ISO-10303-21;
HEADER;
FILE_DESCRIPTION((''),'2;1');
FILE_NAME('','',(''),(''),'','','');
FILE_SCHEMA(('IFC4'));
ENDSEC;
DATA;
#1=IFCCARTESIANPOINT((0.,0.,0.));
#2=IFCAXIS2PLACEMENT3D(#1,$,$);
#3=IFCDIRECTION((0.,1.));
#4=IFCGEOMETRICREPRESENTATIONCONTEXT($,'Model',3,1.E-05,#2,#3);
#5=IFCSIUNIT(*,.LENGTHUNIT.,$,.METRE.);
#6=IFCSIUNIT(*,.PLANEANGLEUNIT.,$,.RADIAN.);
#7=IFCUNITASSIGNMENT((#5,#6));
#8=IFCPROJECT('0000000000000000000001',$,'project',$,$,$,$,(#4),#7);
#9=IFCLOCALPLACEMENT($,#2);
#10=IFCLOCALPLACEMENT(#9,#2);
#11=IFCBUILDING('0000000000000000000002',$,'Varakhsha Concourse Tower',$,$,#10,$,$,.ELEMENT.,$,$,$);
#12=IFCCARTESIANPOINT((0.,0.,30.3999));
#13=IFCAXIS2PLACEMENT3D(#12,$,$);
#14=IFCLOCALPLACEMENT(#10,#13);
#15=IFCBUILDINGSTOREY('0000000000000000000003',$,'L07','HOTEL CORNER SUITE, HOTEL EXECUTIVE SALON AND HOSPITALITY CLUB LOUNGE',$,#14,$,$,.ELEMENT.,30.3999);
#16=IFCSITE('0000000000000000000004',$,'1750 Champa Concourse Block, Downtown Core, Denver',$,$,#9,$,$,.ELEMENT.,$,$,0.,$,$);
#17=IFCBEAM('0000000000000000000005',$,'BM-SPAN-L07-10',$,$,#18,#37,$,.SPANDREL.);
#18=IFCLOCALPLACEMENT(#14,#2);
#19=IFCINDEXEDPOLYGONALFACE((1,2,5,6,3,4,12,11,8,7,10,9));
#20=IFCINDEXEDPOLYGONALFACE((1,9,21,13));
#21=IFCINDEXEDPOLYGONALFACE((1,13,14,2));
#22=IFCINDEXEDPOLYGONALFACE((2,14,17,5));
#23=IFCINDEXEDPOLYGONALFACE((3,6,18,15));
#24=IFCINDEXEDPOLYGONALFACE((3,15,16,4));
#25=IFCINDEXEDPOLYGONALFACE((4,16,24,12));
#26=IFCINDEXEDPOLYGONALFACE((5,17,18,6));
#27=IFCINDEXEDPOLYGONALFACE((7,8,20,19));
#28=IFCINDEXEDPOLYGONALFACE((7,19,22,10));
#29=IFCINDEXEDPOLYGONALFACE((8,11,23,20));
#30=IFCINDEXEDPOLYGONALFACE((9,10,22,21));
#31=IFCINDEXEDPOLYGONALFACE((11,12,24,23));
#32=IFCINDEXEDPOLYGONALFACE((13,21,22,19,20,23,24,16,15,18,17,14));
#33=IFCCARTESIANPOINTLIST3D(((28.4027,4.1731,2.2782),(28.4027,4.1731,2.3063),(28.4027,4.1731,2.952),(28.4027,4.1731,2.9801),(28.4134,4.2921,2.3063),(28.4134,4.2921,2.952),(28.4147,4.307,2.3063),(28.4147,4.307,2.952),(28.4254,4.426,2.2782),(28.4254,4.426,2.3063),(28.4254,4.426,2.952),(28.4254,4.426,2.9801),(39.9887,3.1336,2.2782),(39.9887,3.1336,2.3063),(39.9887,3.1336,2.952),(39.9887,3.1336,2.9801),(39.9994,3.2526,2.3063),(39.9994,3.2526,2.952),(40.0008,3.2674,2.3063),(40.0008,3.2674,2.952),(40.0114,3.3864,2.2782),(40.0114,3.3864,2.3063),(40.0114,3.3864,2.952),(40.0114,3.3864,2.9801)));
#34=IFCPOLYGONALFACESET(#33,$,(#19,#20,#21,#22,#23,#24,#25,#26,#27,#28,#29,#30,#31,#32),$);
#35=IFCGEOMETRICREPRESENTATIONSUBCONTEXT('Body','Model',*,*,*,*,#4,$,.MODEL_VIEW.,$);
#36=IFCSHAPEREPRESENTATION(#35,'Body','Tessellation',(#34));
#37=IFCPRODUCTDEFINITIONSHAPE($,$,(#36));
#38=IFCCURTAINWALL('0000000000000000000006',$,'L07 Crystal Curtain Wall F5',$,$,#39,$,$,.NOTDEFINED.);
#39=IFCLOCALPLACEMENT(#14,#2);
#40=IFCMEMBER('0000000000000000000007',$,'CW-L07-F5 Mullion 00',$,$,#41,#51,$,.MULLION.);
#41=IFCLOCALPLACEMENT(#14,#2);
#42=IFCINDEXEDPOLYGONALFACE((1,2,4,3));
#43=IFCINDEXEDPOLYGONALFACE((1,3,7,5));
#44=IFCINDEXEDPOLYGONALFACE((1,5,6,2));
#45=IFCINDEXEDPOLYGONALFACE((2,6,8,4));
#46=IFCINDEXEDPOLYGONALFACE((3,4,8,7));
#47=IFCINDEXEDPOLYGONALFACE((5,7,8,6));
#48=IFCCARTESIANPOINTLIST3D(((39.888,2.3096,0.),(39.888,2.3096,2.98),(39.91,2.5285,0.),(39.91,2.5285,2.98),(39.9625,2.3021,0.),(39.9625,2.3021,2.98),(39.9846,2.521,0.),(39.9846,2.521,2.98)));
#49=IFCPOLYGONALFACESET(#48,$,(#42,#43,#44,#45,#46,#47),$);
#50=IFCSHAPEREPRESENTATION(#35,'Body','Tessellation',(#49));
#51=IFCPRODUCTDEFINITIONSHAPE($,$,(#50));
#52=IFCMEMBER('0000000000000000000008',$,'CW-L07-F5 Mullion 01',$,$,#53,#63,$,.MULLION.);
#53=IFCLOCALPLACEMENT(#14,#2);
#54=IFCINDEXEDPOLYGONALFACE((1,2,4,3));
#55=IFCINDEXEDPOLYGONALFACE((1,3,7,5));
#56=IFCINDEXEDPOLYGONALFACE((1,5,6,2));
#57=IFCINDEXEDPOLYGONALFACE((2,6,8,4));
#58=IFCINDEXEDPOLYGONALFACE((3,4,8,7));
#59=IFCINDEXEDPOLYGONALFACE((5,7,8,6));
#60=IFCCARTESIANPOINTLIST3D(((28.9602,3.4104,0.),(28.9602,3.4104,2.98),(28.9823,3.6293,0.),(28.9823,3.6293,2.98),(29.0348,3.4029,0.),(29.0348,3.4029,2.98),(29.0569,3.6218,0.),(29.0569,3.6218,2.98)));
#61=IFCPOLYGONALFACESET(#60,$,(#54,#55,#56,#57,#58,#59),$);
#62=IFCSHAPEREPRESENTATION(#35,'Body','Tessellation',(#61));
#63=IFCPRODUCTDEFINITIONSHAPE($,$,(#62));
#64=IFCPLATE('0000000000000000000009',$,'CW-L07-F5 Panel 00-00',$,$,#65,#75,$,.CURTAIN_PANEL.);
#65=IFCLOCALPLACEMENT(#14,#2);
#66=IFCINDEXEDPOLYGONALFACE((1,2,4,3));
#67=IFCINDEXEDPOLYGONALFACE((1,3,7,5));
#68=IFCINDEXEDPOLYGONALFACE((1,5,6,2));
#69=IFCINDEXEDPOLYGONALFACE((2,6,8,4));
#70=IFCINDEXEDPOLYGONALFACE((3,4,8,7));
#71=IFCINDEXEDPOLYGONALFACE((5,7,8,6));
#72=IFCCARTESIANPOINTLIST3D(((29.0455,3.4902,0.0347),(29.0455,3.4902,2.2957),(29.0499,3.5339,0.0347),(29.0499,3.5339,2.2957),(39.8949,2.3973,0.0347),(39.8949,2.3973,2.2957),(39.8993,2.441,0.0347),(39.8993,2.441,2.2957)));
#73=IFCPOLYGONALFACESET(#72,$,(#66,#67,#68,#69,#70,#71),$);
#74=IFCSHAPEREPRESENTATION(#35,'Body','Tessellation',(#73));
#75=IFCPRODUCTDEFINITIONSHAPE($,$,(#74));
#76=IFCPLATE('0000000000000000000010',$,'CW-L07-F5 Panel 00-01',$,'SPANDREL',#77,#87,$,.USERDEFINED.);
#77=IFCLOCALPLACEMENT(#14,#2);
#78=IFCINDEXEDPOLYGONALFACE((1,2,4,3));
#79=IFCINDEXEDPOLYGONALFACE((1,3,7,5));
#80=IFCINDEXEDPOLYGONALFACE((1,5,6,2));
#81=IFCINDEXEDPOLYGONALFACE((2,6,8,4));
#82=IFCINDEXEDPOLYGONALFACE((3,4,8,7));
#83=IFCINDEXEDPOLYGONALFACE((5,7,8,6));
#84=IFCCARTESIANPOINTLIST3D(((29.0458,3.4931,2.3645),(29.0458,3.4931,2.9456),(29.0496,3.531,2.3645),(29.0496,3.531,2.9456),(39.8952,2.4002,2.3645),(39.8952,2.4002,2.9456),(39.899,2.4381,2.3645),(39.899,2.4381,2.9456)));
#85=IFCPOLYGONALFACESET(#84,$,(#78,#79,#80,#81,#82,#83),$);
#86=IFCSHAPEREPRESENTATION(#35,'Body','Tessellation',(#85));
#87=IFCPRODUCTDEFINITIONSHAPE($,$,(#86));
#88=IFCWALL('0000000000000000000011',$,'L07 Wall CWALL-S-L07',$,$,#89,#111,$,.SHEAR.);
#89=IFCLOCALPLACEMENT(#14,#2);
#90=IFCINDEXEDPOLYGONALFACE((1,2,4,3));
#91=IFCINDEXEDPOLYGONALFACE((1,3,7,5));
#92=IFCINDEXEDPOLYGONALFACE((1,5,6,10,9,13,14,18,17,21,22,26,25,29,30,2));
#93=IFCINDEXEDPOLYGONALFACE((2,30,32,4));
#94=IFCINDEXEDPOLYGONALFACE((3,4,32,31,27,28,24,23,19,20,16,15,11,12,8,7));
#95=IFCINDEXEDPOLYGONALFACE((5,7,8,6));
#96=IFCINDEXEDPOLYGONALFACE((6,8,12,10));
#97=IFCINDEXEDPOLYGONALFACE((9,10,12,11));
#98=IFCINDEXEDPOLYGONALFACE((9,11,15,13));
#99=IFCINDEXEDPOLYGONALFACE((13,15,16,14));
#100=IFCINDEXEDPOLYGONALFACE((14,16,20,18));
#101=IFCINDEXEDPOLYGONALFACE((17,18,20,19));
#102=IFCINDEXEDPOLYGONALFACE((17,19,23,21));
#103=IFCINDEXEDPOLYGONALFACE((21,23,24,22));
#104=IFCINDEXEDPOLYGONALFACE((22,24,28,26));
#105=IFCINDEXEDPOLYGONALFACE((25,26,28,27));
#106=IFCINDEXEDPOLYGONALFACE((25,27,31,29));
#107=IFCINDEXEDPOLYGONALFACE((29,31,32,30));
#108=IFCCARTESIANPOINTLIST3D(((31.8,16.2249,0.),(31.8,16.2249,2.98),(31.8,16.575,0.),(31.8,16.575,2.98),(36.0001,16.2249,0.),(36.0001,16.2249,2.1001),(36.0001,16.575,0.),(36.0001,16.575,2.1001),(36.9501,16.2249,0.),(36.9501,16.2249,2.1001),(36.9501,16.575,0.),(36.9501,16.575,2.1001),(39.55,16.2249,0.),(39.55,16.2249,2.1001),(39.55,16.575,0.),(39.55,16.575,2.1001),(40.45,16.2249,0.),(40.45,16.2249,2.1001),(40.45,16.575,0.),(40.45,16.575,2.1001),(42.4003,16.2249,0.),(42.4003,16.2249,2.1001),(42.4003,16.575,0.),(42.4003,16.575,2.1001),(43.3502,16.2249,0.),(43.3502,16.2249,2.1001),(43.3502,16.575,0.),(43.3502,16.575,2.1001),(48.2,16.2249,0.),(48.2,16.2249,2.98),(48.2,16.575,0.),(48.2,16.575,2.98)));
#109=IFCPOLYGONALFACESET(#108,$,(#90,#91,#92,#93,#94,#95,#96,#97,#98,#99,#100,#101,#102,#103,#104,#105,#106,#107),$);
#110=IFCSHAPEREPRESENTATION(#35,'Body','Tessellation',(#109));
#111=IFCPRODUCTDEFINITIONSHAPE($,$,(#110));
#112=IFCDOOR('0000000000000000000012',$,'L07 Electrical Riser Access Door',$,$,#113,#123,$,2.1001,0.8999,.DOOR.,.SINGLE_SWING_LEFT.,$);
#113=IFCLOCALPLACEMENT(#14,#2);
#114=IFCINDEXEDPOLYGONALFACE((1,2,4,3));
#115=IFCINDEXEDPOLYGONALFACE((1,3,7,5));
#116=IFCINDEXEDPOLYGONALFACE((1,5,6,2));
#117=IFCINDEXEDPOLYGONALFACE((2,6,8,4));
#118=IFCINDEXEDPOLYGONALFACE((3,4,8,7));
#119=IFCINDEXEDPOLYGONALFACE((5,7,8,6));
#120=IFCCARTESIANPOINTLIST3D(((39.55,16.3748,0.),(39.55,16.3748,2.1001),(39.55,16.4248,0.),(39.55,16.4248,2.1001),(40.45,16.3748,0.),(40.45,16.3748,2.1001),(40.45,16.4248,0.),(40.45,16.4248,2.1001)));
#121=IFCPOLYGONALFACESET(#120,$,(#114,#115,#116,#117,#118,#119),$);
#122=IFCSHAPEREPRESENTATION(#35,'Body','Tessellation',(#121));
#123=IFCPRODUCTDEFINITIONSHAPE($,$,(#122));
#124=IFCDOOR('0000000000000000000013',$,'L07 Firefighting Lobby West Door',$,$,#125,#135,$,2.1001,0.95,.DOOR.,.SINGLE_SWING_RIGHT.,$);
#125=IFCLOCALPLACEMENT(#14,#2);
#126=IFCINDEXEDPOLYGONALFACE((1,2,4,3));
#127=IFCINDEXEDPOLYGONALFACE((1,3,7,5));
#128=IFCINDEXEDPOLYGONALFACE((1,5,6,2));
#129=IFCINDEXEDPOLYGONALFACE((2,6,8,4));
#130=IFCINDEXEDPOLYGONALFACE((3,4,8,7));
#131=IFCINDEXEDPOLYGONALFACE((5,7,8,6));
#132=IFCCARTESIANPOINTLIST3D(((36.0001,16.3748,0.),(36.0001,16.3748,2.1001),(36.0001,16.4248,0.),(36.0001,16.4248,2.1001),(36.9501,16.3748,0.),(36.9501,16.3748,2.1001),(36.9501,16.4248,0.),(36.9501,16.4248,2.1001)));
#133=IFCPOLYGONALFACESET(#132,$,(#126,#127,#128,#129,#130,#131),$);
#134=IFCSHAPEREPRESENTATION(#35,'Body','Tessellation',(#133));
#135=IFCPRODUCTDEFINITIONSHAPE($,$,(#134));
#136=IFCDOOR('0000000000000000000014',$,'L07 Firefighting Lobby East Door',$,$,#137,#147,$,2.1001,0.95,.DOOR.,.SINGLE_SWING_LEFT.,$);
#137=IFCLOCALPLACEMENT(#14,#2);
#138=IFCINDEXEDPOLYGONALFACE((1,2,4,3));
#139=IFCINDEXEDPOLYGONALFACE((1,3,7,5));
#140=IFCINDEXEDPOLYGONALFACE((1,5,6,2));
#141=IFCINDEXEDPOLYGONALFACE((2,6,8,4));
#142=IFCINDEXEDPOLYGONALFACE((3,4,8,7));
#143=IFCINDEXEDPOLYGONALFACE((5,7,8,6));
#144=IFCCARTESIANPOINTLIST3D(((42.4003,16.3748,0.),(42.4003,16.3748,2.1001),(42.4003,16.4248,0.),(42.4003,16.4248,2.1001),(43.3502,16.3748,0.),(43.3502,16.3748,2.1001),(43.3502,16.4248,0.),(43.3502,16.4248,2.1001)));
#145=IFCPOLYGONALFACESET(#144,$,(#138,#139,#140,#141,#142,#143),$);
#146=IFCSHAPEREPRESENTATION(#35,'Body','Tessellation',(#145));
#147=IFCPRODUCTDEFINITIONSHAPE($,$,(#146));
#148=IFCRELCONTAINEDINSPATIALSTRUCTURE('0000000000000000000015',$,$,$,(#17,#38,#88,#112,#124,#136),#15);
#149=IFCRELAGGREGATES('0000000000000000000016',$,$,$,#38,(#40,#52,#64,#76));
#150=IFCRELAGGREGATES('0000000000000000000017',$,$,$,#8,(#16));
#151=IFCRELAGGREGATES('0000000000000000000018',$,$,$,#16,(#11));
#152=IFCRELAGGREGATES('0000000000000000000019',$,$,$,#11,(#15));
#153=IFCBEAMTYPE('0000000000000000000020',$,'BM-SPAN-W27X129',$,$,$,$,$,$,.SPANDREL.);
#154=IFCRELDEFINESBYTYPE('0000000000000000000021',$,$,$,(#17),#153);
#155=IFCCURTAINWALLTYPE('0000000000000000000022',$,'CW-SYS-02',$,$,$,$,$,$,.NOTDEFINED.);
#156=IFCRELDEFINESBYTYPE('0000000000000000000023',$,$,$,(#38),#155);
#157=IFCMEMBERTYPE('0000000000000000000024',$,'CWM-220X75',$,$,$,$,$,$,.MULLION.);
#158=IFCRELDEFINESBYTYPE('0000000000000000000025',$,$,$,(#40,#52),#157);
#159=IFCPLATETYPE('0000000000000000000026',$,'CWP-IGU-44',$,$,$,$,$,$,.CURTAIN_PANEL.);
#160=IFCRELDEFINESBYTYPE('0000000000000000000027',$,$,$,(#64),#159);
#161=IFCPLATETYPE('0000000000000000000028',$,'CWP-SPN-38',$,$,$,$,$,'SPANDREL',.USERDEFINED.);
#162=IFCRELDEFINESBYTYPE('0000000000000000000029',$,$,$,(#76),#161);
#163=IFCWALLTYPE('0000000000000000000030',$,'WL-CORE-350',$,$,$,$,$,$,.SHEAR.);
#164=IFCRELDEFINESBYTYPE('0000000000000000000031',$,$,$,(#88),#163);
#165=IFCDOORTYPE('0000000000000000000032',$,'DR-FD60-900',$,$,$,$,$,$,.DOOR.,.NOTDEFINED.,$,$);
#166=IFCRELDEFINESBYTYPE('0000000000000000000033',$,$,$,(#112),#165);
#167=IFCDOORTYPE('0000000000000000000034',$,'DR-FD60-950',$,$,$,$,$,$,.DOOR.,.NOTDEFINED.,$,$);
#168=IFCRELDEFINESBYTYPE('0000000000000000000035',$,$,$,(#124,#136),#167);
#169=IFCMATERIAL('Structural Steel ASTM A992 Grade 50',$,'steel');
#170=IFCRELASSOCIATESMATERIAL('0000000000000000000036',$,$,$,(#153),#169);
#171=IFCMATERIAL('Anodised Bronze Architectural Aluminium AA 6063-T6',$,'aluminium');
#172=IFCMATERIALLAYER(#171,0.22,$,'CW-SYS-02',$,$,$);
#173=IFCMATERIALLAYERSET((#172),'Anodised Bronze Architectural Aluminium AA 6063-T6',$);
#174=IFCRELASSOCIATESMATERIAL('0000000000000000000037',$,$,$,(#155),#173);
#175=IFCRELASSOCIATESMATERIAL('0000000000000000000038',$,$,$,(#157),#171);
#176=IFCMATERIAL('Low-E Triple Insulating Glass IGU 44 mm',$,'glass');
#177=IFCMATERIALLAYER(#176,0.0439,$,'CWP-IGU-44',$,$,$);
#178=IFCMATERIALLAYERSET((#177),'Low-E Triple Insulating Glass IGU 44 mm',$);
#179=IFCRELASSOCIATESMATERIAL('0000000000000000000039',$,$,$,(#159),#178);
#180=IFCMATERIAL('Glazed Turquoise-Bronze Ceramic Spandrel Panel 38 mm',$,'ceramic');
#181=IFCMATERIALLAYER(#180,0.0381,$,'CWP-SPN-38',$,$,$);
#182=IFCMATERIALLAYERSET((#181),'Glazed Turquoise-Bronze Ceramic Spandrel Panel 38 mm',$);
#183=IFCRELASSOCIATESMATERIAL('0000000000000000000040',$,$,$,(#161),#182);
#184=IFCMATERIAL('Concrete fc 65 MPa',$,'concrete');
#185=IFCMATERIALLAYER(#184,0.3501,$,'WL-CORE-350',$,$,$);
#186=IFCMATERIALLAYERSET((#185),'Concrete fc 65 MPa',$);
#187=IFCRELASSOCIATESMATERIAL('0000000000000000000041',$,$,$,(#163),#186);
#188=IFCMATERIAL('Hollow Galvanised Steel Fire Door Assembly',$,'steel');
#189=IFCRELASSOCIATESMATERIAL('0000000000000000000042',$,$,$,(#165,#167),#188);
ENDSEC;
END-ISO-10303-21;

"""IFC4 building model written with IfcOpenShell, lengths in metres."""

from ifc_helpers import new_model, si_unit, direction, frame, frame_2d, origin, origin_2d, place, context, subcontext, project, spatial, rectangle, i_section, extrude, source, transform, mapped, material, layer, layer_set, material_profile, profile_set, type_object, type_shapes, element, fill, aggregate, save


model = new_model("IFC4")

# Units and contexts
model_context = context("Model", 3, precision=1e-05, world=origin(), true_north=direction((0.0, 1.0)))
body_context = subcontext(model_context, "Body", "Model", "MODEL_VIEW")
ifc_project = project(units=[si_unit("LENGTHUNIT", "METRE"), si_unit("PLANEANGLEUNIT", "RADIAN")], contexts=[model_context])

# Site, building, storey
site_placement = place(None, origin())
site = spatial("IfcSite", under=ifc_project, at=site_placement, Name="1750 Champa Concourse Block, Downtown Core, Denver", CompositionType="ELEMENT", RefElevation=0.0)
building_placement = place(site_placement, origin())
building = spatial("IfcBuilding", under=site, at=building_placement, Name="Varakhsha Concourse Tower", CompositionType="ELEMENT")
storey_placement = place(building_placement, frame((0.0, 0.0, 30.3999)))
storey = spatial("IfcBuildingStorey", under=building, at=storey_placement, Name="L07", Description="HOTEL CORNER SUITE, HOTEL EXECUTIVE SALON AND HOSPITALITY CLUB LOUNGE", CompositionType="ELEMENT", Elevation=30.3999)

# Shared definitions
ifc_material_1 = material(Name="Structural Steel ASTM A992 Grade 50", Category="steel")

# Beam
ifc_material_profile_1 = material_profile(ifc_material_1, i_section(OverallWidth=0.2539, OverallDepth=0.7019, WebThickness=0.0149, FlangeThickness=0.0281, at=origin_2d()), Name="W27X129")
ifc_profile_set_1 = profile_set([ifc_material_profile_1], Name="Structural Steel ASTM A992 Grade 50")
beam_type_1 = type_object("IfcBeamType", Name="BM-SPAN-W27X129", PredefinedType="SPANDREL", material=ifc_profile_set_1)
beam_1_placement = place(storey_placement, frame((28.4141, 4.2996, 2.6292), z_axis=(0.995999, -0.089366, 0.0), x_axis=(0.089366, 0.995999, 0.0)))
element("IfcBeam", 1, at=beam_1_placement, inside=storey, type_object=beam_type_1, Name="BM-SPAN-L07-10", PredefinedType="SPANDREL", context=body_context, shape_type="SweptSolid", body=[
    extrude(i_section(OverallWidth=0.2539, OverallDepth=0.7019, WebThickness=0.0149, FlangeThickness=0.0281, at=origin_2d()), origin(), (0.0, 0.0, 1.0), 11.6326),
])

# Curtain wall, members, plates
ifc_material_2 = material(Name="Anodised Bronze Architectural Aluminium AA 6063-T6", Category="aluminium")
ifc_layer_1 = layer(ifc_material_2, 0.22, Name="CW-SYS-02")
ifc_layer_set_1 = layer_set([ifc_layer_1], Name="Anodised Bronze Architectural Aluminium AA 6063-T6")
curtain_wall_type = type_object("IfcCurtainWallType", Name="CW-SYS-02", PredefinedType="NOTDEFINED", material=ifc_layer_set_1)
curtain_wall_placement = place(storey_placement, origin())
curtain_wall = element("IfcCurtainWall", 2, at=curtain_wall_placement, inside=storey, type_object=curtain_wall_type, Name="L07 Crystal Curtain Wall F5", PredefinedType="NOTDEFINED")
ifc_material_profile_2 = material_profile(ifc_material_2, rectangle(XDim=0.075, YDim=0.22, at=origin_2d()), Name="CWM-220X75")
ifc_profile_set_2 = profile_set([ifc_material_profile_2], Name="Anodised Bronze Architectural Aluminium AA 6063-T6")
member_type = type_object("IfcMemberType", Name="CWM-220X75", PredefinedType="MULLION", material=ifc_profile_set_2)
shared_shape_1 = source(origin(), body_context, "Body", "SweptSolid", [
    extrude(rectangle(XDim=0.075, YDim=0.22, at=origin_2d()), origin(), (0.0, 0.0, 1.0), 2.98),
])
type_shapes(member_type, [shared_shape_1])
member_1_placement = place(storey_placement, frame((39.9363, 2.4153, 0.0), z_axis=(0.0, 0.0, 1.0), x_axis=(-0.994965, 0.100226, 0.0)))
member_1 = element("IfcMember", 3, at=member_1_placement, type_object=member_type, Name="CW-L07-F5 Mullion 00", PredefinedType="MULLION", context=body_context, shape_type="MappedRepresentation", body=[
    mapped(shared_shape_1, transform((0.0, 0.0, 0.0), scale=1.0)),
])
member_2_placement = place(storey_placement, frame((29.0085, 3.5161, 0.0), z_axis=(0.0, 0.0, 1.0), x_axis=(-0.994965, 0.100226, 0.0)))
member_2 = element("IfcMember", 4, at=member_2_placement, type_object=member_type, Name="CW-L07-F5 Mullion 01", PredefinedType="MULLION", context=body_context, shape_type="MappedRepresentation", body=[
    mapped(shared_shape_1, transform((0.0, 0.0, 0.0), scale=1.0)),
])
ifc_material_3 = material(Name="Low-E Triple Insulating Glass IGU 44 mm", Category="glass")
ifc_layer_2 = layer(ifc_material_3, 0.0439, Name="CWP-IGU-44")
ifc_layer_set_2 = layer_set([ifc_layer_2], Name="Low-E Triple Insulating Glass IGU 44 mm")
plate_type_1 = type_object("IfcPlateType", Name="CWP-IGU-44", PredefinedType="CURTAIN_PANEL", material=ifc_layer_set_2)
shared_shape_2 = source(origin(), body_context, "Body", "SweptSolid", [
    extrude(rectangle(XDim=10.9043, YDim=0.0439, at=origin_2d()), origin(), (0.0, 0.0, 1.0), 2.261),
])
type_shapes(plate_type_1, [shared_shape_2])
plate_1_placement = place(storey_placement, frame((34.4724, 2.9656, 0.0347), z_axis=(0.0, 0.0, 1.0), x_axis=(-0.994965, 0.100226, 0.0)))
plate_1 = element("IfcPlate", 5, at=plate_1_placement, type_object=plate_type_1, Name="CW-L07-F5 Panel 00-00", PredefinedType="CURTAIN_PANEL", context=body_context, shape_type="MappedRepresentation", body=[
    mapped(shared_shape_2, transform((0.0, 0.0, 0.0), scale=1.0)),
])
ifc_material_4 = material(Name="Glazed Turquoise-Bronze Ceramic Spandrel Panel 38 mm", Category="ceramic")
ifc_layer_3 = layer(ifc_material_4, 0.0381, Name="CWP-SPN-38")
ifc_layer_set_3 = layer_set([ifc_layer_3], Name="Glazed Turquoise-Bronze Ceramic Spandrel Panel 38 mm")
plate_type_2 = type_object("IfcPlateType", Name="CWP-SPN-38", ElementType="SPANDREL", PredefinedType="USERDEFINED", material=ifc_layer_set_3)
shared_shape_3 = source(origin(), body_context, "Body", "SweptSolid", [
    extrude(rectangle(XDim=10.9043, YDim=0.0381, at=origin_2d()), origin(), (0.0, 0.0, 1.0), 0.5811),
])
type_shapes(plate_type_2, [shared_shape_3])
plate_2_placement = place(storey_placement, frame((34.4724, 2.9656, 2.3645), z_axis=(0.0, 0.0, 1.0), x_axis=(-0.994965, 0.100226, 0.0)))
plate_2 = element("IfcPlate", 6, at=plate_2_placement, type_object=plate_type_2, Name="CW-L07-F5 Panel 00-01", ObjectType="SPANDREL", PredefinedType="USERDEFINED", context=body_context, shape_type="MappedRepresentation", body=[
    mapped(shared_shape_3, transform((0.0, 0.0, 0.0), scale=1.0)),
])
aggregate(curtain_wall, [member_1, member_2, plate_1, plate_2])

# Wall, openings, doors
ifc_material_5 = material(Name="Concrete fc 65 MPa", Category="concrete")
ifc_layer_4 = layer(ifc_material_5, 0.3501, Name="WL-CORE-350")
ifc_layer_set_4 = layer_set([ifc_layer_4], Name="Concrete fc 65 MPa")
wall_type_1 = type_object("IfcWallType", Name="WL-CORE-350", PredefinedType="SHEAR", material=ifc_layer_set_4)
wall_1_placement = place(storey_placement, frame((31.8, 16.3999, 0.0), z_axis=(0.0, 0.0, 1.0), x_axis=(1.0, 0.0, 0.0)))
wall_1 = element("IfcWall", 7, at=wall_1_placement, inside=storey, type_object=wall_type_1, Name="L07 Wall CWALL-S-L07", PredefinedType="SHEAR", context=body_context, shape_type="SweptSolid", body=[
    extrude(rectangle(XDim=16.3999, YDim=0.3501, at=frame_2d((8.2, 0.0))), origin(), (0.0, 0.0, 1.0), 2.98),
])
opening_1_placement = place(wall_1_placement, frame((7.75, 0.0, 0.0)))
opening_1 = element("IfcOpeningElement", 8, at=opening_1_placement, cuts=wall_1, PredefinedType="OPENING", context=body_context, shape_type="SweptSolid", body=[
    extrude(rectangle(XDim=0.8999, YDim=2.1001, at=frame_2d((0.45, 1.05))), frame((0.0, 0.1851, 0.0), z_axis=(0.0, -1.0, 0.0), x_axis=(1.0, 0.0, 0.0)), (0.0, 0.0, 1.0), 0.3701),
])
opening_2_placement = place(wall_1_placement, frame((4.2, 0.0, 0.0)))
opening_2 = element("IfcOpeningElement", 9, at=opening_2_placement, cuts=wall_1, PredefinedType="OPENING", context=body_context, shape_type="SweptSolid", body=[
    extrude(rectangle(XDim=0.95, YDim=2.1001, at=frame_2d((0.4751, 1.05))), frame((0.0, 0.1851, 0.0), z_axis=(0.0, -1.0, 0.0), x_axis=(1.0, 0.0, 0.0)), (0.0, 0.0, 1.0), 0.3701),
])
opening_3_placement = place(wall_1_placement, frame((10.6001, 0.0, 0.0)))
opening_3 = element("IfcOpeningElement", 10, at=opening_3_placement, cuts=wall_1, PredefinedType="OPENING", context=body_context, shape_type="SweptSolid", body=[
    extrude(rectangle(XDim=0.95, YDim=2.1001, at=frame_2d((0.4751, 1.05))), frame((0.0, 0.1851, 0.0), z_axis=(0.0, -1.0, 0.0), x_axis=(1.0, 0.0, 0.0)), (0.0, 0.0, 1.0), 0.3701),
])
ifc_material_6 = material(Name="Hollow Galvanised Steel Fire Door Assembly", Category="steel")
door_type_1 = type_object("IfcDoorType", Name="DR-FD60-900", OperationType="NOTDEFINED", PredefinedType="DOOR", material=ifc_material_6)
door_1_placement = place(opening_1_placement, origin())
door_1 = element("IfcDoor", 11, at=door_1_placement, inside=storey, type_object=door_type_1, Name="L07 Electrical Riser Access Door", OperationType="SINGLE_SWING_LEFT", OverallHeight=2.1001, OverallWidth=0.8999, PredefinedType="DOOR", context=body_context, shape_type="SweptSolid", body=[
    extrude(rectangle(XDim=0.8999, YDim=2.1001, at=frame_2d((0.45, 1.05))), frame((0.0, 0.0249, 0.0), z_axis=(0.0, -1.0, 0.0), x_axis=(1.0, 0.0, 0.0)), (0.0, 0.0, 1.0), 0.05),
])
fill(opening_1, door_1)
door_type_2 = type_object("IfcDoorType", Name="DR-FD60-950", OperationType="NOTDEFINED", PredefinedType="DOOR", material=ifc_material_6)
door_2_placement = place(opening_2_placement, origin())
door_2 = element("IfcDoor", 12, at=door_2_placement, inside=storey, type_object=door_type_2, Name="L07 Firefighting Lobby West Door", OperationType="SINGLE_SWING_RIGHT", OverallHeight=2.1001, OverallWidth=0.95, PredefinedType="DOOR", context=body_context, shape_type="SweptSolid", body=[
    extrude(rectangle(XDim=0.95, YDim=2.1001, at=frame_2d((0.4751, 1.05))), frame((0.0, 0.0249, 0.0), z_axis=(0.0, -1.0, 0.0), x_axis=(1.0, 0.0, 0.0)), (0.0, 0.0, 1.0), 0.05),
])
fill(opening_2, door_2)
door_3_placement = place(opening_3_placement, origin())
door_3 = element("IfcDoor", 13, at=door_3_placement, inside=storey, type_object=door_type_2, Name="L07 Firefighting Lobby East Door", OperationType="SINGLE_SWING_LEFT", OverallHeight=2.1001, OverallWidth=0.95, PredefinedType="DOOR", context=body_context, shape_type="SweptSolid", body=[
    extrude(rectangle(XDim=0.95, YDim=2.1001, at=frame_2d((0.4751, 1.05))), frame((0.0, 0.0249, 0.0), z_axis=(0.0, -1.0, 0.0), x_axis=(1.0, 0.0, 0.0)), (0.0, 0.0, 1.0), 0.05),
])
fill(opening_3, door_3)

save(model, "model.ifc")
